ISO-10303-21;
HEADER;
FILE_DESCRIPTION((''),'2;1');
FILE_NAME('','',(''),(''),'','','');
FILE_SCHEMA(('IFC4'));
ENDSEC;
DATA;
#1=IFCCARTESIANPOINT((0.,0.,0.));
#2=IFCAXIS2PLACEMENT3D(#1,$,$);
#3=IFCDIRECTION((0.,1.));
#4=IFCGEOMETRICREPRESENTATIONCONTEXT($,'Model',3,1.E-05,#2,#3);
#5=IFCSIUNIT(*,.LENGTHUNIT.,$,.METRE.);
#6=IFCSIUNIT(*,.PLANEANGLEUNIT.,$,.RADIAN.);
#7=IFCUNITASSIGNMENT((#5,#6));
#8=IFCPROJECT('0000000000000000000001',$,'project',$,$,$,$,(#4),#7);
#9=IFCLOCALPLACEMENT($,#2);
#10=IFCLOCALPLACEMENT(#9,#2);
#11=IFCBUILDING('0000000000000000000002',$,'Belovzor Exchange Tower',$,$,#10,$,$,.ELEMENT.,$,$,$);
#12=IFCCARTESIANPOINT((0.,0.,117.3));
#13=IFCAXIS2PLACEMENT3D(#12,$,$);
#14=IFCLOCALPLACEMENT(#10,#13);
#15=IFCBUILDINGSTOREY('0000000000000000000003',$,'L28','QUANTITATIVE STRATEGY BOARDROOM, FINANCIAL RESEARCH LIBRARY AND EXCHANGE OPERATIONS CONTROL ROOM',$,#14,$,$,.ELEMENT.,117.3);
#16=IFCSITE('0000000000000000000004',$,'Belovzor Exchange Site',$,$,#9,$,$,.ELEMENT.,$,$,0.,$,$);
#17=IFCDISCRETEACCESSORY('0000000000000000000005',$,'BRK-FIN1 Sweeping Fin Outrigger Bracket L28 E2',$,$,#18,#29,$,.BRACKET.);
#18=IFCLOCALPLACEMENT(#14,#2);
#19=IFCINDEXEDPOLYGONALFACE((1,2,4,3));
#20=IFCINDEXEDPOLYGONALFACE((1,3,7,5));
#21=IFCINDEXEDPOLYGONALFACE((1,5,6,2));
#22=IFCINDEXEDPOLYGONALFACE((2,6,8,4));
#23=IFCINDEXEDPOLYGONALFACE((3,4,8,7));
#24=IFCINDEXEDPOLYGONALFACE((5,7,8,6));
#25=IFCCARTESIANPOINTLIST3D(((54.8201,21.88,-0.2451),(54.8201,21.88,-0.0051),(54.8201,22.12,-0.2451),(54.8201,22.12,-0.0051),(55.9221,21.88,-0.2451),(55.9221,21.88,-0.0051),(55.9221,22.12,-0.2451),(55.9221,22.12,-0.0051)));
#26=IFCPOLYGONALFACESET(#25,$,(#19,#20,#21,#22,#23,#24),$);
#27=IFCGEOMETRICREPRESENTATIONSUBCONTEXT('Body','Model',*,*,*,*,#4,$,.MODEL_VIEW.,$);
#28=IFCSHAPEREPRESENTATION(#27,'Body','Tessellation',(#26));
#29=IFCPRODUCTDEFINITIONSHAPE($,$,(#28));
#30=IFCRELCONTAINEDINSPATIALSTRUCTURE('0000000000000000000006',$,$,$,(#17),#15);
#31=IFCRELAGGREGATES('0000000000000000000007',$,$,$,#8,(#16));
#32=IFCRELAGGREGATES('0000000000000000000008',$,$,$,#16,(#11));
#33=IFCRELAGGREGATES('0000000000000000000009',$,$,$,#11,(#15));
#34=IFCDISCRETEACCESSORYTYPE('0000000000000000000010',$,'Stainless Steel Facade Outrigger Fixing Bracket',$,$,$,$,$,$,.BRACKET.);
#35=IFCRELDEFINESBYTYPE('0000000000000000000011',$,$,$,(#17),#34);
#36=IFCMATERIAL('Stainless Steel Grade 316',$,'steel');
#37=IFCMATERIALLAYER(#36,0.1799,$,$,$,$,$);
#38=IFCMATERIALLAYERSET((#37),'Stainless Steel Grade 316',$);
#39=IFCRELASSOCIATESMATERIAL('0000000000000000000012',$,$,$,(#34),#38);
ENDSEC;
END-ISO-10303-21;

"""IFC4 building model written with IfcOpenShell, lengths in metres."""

from ifc_helpers import new_model, si_unit, direction, frame, origin, origin_2d, place, context, subcontext, project, spatial, rectangle, extrude, material, layer, layer_set, type_object, element, save


model = new_model("IFC4")

# Units and contexts
model_context = context("Model", 3, precision=1e-05, world=origin(), true_north=direction((0.0, 1.0)))
body_context = subcontext(model_context, "Body", "Model", "MODEL_VIEW")
ifc_project = project(units=[si_unit("LENGTHUNIT", "METRE"), si_unit("PLANEANGLEUNIT", "RADIAN")], contexts=[model_context])

# Site, building, storey
site_placement = place(None, origin())
site = spatial("IfcSite", under=ifc_project, at=site_placement, Name="Belovzor Exchange Site", CompositionType="ELEMENT", RefElevation=0.0)
building_placement = place(site_placement, origin())
building = spatial("IfcBuilding", under=site, at=building_placement, Name="Belovzor Exchange Tower", CompositionType="ELEMENT")
storey_placement = place(building_placement, frame((0.0, 0.0, 117.3)))
storey = spatial("IfcBuildingStorey", under=building, at=storey_placement, Name="L28", Description="QUANTITATIVE STRATEGY BOARDROOM, FINANCIAL RESEARCH LIBRARY AND EXCHANGE OPERATIONS CONTROL ROOM", CompositionType="ELEMENT", Elevation=117.3)

# Discrete accessory
ifc_material_1 = material(Name="Stainless Steel Grade 316", Category="steel")
ifc_layer_1 = layer(ifc_material_1, 0.1799)
ifc_layer_set_1 = layer_set([ifc_layer_1], Name="Stainless Steel Grade 316")
discrete_accessory_type = type_object("IfcDiscreteAccessoryType", Name="Stainless Steel Facade Outrigger Fixing Bracket", PredefinedType="BRACKET", material=ifc_layer_set_1)
discrete_accessory_placement = place(storey_placement, frame((55.3711, 22.0, -0.2451), z_axis=(0.0, 0.0, 1.0), x_axis=(1.0, 0.0, 0.0)))
element("IfcDiscreteAccessory", 1, at=discrete_accessory_placement, inside=storey, type_object=discrete_accessory_type, Name="BRK-FIN1 Sweeping Fin Outrigger Bracket L28 E2", PredefinedType="BRACKET", context=body_context, shape_type="SweptSolid", body=[
    extrude(rectangle(XDim=1.1021, YDim=0.24, at=origin_2d()), origin(), (0.0, 0.0, 1.0), 0.24),
])

save(model, "model.ifc")
